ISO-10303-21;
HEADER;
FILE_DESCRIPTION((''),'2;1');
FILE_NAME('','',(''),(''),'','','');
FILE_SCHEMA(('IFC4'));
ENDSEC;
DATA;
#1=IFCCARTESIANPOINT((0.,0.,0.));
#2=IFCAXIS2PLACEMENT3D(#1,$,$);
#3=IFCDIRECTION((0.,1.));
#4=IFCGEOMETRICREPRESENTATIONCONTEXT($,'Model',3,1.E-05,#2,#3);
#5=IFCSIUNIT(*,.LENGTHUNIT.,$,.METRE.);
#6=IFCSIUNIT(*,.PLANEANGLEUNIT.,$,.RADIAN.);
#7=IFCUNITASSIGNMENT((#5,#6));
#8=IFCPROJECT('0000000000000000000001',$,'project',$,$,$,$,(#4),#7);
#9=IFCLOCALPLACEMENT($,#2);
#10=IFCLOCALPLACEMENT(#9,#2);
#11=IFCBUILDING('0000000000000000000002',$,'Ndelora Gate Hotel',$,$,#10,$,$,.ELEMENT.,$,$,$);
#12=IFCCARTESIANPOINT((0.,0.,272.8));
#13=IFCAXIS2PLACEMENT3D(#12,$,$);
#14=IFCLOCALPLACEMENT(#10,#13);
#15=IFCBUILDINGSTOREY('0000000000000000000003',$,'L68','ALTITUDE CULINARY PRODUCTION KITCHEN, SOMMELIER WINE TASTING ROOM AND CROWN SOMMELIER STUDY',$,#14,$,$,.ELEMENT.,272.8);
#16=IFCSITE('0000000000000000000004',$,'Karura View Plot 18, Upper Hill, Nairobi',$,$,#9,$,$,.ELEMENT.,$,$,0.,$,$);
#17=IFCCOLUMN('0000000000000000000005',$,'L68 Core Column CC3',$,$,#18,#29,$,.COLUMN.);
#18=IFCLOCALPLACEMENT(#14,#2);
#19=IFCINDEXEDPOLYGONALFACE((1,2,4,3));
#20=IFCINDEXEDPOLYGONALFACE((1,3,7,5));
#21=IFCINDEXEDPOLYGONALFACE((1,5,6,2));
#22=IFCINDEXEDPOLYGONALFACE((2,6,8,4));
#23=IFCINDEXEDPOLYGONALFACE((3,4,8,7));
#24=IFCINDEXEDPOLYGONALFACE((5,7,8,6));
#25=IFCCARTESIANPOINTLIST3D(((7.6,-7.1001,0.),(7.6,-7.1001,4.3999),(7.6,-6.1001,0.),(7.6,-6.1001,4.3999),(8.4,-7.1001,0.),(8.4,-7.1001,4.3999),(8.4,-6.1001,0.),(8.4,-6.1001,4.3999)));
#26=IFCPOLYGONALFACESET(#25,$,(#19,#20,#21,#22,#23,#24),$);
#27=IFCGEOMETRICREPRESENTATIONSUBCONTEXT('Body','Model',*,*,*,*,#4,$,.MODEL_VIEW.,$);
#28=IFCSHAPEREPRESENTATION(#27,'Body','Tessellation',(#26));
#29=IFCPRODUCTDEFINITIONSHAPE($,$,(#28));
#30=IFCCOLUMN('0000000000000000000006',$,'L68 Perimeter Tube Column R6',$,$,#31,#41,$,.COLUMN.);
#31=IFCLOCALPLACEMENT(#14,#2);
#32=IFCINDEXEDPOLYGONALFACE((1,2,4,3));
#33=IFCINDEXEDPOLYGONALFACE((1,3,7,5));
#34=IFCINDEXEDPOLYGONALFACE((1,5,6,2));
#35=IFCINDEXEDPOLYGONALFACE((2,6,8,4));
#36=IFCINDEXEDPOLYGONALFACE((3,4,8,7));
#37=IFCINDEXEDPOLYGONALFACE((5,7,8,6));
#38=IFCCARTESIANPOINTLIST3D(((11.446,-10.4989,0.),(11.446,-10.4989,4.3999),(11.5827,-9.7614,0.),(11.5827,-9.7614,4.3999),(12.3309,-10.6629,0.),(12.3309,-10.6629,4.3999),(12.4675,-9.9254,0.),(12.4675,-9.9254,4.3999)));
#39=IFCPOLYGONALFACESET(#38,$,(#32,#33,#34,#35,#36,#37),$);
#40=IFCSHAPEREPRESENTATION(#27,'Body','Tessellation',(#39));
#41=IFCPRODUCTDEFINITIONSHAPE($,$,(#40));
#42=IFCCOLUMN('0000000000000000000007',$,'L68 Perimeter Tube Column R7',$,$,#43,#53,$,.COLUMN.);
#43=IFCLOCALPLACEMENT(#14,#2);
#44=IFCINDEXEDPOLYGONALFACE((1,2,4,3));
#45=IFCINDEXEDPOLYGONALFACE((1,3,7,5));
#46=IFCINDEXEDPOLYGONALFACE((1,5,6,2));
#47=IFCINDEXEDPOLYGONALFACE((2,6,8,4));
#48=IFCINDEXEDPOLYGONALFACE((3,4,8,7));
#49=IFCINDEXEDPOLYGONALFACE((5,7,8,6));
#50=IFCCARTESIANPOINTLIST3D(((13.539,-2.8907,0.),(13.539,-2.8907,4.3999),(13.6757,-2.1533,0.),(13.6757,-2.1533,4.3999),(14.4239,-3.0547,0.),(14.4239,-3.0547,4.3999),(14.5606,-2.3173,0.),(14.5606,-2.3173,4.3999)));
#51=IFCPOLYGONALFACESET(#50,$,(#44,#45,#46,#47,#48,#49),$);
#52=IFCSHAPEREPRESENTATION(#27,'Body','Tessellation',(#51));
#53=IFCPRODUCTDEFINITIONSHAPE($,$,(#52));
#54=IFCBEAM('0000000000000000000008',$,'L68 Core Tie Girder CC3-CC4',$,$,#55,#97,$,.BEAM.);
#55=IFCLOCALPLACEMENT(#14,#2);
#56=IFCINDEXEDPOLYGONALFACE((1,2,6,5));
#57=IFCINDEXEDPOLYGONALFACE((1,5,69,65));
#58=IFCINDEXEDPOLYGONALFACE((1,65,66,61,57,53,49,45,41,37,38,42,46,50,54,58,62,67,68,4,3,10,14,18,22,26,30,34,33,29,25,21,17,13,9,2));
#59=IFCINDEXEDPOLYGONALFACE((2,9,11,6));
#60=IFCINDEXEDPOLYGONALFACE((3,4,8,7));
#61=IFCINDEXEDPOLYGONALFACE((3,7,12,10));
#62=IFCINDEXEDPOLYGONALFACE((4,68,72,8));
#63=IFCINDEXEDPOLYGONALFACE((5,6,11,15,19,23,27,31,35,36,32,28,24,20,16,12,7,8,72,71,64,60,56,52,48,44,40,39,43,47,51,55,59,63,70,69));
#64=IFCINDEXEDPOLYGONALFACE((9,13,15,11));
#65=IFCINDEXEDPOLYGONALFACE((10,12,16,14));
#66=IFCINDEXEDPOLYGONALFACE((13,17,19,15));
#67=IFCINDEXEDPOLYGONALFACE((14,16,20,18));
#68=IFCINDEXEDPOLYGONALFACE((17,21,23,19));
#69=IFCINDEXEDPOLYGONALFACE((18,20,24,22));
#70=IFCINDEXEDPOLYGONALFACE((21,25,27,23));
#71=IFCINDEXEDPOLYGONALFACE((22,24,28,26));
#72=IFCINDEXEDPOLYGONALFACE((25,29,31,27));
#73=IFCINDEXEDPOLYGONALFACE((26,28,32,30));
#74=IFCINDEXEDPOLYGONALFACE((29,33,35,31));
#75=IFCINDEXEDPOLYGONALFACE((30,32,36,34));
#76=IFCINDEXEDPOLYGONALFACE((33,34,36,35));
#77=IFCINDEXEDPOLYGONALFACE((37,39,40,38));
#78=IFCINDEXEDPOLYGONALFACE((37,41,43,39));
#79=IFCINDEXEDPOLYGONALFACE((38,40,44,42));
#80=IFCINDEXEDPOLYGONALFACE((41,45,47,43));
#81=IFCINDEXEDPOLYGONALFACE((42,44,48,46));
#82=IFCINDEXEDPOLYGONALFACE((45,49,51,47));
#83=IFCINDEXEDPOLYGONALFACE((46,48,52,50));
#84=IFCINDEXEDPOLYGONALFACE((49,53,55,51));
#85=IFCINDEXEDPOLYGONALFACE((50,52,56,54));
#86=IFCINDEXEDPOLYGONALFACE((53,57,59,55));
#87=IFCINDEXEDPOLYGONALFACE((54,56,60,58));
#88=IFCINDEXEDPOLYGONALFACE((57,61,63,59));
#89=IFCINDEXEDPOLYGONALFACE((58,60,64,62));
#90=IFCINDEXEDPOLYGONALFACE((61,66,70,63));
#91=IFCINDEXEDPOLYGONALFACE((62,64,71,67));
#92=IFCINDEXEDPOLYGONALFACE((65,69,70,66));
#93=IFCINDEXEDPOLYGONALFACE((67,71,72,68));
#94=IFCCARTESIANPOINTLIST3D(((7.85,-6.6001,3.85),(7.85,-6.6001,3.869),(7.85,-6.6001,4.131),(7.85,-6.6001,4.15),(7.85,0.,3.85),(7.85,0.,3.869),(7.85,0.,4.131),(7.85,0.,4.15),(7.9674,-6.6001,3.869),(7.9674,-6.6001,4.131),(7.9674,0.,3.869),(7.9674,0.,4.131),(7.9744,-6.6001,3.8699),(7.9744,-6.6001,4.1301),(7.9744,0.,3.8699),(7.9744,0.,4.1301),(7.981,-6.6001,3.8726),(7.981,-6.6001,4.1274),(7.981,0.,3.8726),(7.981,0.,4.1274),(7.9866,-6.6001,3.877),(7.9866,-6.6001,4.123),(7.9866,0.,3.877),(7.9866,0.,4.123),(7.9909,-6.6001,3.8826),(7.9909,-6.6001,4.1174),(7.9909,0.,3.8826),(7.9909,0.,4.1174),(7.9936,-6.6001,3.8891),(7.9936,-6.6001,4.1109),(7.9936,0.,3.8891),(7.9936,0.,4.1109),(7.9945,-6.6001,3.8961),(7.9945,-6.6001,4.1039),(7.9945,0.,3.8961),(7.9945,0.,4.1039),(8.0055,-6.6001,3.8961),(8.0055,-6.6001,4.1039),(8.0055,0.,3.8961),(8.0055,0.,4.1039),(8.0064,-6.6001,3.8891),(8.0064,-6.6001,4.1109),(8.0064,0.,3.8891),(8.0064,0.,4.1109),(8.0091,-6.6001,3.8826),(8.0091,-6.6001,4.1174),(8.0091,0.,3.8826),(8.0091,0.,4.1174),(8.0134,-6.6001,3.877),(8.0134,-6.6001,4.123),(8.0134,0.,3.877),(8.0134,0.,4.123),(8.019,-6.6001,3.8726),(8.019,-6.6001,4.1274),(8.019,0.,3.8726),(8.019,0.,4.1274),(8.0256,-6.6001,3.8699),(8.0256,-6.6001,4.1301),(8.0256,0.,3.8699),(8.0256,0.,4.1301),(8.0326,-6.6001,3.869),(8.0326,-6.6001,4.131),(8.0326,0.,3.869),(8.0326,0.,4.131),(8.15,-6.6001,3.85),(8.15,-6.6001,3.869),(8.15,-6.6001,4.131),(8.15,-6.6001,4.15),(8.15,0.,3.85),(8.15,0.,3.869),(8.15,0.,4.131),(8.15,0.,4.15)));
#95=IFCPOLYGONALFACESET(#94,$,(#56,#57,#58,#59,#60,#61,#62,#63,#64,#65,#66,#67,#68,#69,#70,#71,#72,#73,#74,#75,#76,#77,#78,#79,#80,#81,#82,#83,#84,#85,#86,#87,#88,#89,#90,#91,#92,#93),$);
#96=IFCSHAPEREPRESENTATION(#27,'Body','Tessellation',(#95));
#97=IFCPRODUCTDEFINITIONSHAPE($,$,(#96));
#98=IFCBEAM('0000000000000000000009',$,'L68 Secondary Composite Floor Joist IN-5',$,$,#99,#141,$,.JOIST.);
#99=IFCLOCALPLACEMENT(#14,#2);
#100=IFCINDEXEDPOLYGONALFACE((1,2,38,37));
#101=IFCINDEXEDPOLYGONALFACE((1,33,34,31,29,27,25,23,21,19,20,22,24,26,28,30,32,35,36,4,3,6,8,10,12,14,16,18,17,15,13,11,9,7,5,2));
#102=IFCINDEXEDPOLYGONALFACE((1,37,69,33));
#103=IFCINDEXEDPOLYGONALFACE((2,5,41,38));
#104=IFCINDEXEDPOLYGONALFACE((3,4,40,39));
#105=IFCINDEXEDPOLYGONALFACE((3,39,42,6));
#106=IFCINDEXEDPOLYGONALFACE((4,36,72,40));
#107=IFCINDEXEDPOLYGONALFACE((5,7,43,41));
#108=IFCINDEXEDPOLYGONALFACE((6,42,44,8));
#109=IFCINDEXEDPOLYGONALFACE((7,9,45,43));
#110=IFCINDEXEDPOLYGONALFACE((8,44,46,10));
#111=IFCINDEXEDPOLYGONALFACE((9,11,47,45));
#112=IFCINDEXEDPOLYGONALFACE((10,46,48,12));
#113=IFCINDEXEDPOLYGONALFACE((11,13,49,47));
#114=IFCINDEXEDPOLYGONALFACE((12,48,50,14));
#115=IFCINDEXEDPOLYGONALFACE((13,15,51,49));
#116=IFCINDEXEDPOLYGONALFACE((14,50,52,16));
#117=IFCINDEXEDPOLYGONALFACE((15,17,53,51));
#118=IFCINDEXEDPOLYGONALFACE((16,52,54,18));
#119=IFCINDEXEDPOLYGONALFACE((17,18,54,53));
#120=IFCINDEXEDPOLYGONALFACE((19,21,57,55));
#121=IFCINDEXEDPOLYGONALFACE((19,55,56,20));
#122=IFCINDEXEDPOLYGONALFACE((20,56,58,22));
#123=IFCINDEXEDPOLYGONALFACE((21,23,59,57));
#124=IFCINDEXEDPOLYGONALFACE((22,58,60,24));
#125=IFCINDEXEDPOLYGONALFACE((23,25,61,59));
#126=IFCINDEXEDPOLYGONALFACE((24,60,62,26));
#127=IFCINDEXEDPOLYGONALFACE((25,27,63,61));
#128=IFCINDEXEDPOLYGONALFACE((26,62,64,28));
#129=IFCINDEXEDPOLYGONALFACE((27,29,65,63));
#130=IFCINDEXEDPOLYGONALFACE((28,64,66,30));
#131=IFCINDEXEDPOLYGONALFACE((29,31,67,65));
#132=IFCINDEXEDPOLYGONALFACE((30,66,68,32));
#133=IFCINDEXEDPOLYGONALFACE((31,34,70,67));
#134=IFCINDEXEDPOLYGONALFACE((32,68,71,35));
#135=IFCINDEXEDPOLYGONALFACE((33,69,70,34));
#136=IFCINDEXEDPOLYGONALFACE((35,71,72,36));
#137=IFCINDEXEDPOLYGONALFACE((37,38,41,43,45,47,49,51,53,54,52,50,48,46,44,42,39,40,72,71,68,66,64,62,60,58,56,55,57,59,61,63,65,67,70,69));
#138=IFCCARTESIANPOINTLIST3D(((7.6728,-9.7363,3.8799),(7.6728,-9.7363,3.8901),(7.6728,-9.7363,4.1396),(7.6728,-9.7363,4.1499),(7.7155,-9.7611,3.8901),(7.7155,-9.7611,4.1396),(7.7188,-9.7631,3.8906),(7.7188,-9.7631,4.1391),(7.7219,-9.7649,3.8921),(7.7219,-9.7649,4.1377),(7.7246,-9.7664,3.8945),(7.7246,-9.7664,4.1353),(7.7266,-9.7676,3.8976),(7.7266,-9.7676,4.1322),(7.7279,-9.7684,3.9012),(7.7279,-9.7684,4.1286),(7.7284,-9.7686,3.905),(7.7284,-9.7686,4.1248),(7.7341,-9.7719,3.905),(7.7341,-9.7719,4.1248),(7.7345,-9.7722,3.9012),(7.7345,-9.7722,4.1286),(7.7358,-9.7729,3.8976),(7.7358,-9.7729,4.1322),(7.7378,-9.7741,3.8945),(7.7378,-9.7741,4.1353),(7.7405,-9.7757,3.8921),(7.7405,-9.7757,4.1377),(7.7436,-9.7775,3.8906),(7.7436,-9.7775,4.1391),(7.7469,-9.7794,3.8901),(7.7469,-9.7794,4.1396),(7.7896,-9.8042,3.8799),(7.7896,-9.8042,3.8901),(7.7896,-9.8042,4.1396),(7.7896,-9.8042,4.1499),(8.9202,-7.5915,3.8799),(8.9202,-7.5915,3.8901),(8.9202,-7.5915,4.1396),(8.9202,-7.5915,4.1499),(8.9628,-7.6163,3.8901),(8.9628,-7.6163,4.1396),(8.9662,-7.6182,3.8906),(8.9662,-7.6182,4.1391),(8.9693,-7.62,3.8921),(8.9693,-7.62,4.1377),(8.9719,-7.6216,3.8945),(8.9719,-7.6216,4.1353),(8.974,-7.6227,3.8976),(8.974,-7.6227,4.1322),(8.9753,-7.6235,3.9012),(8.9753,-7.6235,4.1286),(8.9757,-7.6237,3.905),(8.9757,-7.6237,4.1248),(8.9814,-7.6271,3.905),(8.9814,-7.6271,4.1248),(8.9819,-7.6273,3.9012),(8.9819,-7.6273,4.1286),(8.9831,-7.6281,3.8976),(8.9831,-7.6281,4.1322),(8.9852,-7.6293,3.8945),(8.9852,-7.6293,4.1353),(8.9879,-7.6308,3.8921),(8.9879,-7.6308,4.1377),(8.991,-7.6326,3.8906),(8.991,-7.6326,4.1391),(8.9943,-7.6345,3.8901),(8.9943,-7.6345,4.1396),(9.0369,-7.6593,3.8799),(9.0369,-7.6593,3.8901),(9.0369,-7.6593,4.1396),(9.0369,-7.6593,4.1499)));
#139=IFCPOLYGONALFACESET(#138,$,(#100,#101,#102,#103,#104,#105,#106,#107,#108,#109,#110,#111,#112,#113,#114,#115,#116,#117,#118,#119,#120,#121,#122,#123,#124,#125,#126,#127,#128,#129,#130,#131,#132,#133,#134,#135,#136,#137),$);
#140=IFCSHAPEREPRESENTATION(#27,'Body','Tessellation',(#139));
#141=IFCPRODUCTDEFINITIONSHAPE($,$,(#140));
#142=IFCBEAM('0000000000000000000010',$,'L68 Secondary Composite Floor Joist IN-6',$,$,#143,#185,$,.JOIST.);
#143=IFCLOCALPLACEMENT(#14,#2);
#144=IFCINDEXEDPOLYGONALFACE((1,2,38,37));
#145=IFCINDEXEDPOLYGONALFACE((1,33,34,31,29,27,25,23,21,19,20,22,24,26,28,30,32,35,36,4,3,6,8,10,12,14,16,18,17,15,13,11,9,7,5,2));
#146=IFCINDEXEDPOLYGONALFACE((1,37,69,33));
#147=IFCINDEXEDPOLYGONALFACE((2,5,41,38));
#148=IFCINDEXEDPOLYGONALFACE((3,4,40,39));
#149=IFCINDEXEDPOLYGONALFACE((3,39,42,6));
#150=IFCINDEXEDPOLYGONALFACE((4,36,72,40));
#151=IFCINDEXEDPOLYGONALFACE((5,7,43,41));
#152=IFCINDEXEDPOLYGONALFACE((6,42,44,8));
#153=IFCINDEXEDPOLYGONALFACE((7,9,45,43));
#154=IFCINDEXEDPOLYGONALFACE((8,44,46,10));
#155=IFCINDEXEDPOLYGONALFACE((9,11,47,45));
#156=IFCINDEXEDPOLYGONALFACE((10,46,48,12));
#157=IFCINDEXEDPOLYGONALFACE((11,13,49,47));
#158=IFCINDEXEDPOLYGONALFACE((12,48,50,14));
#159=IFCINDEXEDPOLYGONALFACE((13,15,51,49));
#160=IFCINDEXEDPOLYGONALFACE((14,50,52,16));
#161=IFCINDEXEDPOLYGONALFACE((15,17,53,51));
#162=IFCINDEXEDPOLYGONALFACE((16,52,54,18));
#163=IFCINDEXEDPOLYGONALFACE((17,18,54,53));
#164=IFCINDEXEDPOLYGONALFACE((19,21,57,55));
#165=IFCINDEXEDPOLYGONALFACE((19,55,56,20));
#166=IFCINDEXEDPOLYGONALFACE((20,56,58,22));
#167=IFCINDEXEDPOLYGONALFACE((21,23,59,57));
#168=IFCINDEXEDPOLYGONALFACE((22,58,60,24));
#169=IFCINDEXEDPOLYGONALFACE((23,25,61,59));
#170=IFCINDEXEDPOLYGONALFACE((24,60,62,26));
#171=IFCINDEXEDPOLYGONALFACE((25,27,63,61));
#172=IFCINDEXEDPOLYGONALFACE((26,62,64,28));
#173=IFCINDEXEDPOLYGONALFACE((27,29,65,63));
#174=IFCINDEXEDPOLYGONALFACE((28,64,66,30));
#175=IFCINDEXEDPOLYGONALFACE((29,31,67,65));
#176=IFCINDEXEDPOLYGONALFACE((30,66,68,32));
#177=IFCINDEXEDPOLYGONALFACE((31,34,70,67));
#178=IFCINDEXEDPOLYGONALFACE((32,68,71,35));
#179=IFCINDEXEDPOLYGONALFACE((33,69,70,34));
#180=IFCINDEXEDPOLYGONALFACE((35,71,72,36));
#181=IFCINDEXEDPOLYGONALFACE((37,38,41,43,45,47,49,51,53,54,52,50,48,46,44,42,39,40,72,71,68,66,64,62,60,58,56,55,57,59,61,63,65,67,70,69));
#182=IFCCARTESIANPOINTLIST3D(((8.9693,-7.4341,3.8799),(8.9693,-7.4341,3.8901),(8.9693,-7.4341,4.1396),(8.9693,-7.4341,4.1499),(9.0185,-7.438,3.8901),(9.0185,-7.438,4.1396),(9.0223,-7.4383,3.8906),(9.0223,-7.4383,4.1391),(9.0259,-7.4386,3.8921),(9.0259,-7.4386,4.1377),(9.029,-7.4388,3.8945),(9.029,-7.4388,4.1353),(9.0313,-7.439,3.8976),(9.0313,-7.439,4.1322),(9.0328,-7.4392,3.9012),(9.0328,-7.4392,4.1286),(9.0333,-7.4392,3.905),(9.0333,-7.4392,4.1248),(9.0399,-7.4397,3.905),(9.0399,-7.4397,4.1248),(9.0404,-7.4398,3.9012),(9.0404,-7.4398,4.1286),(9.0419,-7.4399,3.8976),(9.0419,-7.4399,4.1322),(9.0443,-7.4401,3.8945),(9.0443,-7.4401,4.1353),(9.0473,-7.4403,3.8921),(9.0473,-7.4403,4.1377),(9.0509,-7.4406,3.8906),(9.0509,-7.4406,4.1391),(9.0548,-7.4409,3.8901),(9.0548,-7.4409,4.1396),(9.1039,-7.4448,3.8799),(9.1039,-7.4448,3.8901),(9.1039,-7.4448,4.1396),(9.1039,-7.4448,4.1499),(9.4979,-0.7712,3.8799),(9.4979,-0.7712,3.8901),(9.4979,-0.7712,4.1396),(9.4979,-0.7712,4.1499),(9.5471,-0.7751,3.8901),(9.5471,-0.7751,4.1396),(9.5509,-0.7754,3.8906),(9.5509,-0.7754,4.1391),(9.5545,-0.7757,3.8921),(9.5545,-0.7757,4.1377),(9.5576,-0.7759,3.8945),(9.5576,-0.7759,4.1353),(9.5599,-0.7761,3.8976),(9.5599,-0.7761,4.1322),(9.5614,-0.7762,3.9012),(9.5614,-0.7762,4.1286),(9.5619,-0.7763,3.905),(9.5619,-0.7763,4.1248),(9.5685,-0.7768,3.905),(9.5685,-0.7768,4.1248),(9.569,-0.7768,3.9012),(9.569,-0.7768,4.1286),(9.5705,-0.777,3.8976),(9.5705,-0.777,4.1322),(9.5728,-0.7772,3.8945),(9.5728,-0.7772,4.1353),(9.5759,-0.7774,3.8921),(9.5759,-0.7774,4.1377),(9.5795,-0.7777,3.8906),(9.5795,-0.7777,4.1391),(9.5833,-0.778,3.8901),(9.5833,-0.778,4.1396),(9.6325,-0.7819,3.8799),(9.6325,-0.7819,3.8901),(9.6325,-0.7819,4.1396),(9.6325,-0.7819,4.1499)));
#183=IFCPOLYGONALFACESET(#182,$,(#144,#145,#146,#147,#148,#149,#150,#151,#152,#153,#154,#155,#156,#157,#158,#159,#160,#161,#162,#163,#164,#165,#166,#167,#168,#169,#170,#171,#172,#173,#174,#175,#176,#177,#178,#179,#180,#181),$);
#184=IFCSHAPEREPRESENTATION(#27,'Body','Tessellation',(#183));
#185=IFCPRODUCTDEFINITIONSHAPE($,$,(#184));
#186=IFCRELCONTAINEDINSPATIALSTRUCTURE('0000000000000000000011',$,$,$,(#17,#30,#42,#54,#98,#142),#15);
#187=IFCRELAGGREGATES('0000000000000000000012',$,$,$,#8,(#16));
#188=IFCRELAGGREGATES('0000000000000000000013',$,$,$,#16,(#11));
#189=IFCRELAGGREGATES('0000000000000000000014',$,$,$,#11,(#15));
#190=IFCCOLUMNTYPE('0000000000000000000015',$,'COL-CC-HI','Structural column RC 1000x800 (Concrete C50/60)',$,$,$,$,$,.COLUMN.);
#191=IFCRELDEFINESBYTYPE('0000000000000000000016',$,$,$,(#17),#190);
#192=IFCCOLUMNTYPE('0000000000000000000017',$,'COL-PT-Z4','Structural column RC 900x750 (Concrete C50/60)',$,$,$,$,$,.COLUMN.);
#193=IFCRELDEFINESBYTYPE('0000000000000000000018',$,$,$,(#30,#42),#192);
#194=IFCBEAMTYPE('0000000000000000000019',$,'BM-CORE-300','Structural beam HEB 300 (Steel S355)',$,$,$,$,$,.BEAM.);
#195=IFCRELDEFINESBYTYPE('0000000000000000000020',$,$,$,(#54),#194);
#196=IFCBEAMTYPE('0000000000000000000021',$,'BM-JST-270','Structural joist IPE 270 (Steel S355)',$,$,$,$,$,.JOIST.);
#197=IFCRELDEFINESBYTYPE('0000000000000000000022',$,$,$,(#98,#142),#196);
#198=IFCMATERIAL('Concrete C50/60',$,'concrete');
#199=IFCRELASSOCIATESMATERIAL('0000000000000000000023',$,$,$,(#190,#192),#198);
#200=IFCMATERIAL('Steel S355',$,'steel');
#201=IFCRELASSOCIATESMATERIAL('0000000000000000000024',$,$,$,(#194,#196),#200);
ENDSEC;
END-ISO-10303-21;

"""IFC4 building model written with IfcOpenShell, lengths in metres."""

from ifc_helpers import new_model, si_unit, direction, frame, origin, origin_2d, place, context, subcontext, project, spatial, rectangle, i_section, extrude, material, material_profile, profile_set, type_object, element, save


model = new_model("IFC4")

# Units and contexts
model_context = context("Model", 3, precision=1e-05, world=origin(), true_north=direction((0.0, 1.0)))
body_context = subcontext(model_context, "Body", "Model", "MODEL_VIEW")
ifc_project = project(units=[si_unit("LENGTHUNIT", "METRE"), si_unit("PLANEANGLEUNIT", "RADIAN")], contexts=[model_context])

# Site, building, storey
site_placement = place(None, origin())
site = spatial("IfcSite", under=ifc_project, at=site_placement, Name="Karura View Plot 18, Upper Hill, Nairobi", CompositionType="ELEMENT", RefElevation=0.0)
building_placement = place(site_placement, origin())
building = spatial("IfcBuilding", under=site, at=building_placement, Name="Ndelora Gate Hotel", CompositionType="ELEMENT")
storey_placement = place(building_placement, frame((0.0, 0.0, 272.8)))
storey = spatial("IfcBuildingStorey", under=building, at=storey_placement, Name="L68", Description="ALTITUDE CULINARY PRODUCTION KITCHEN, SOMMELIER WINE TASTING ROOM AND CROWN SOMMELIER STUDY", CompositionType="ELEMENT", Elevation=272.8)

# Columns
ifc_material_1 = material(Name="Concrete C50/60", Category="concrete")
ifc_material_profile_1 = material_profile(ifc_material_1, rectangle(XDim=0.8, YDim=1.0, at=origin_2d()), Name="RC 1000x800")
ifc_profile_set_1 = profile_set([ifc_material_profile_1], Name="Concrete C50/60")
column_type_1 = type_object("IfcColumnType", Name="COL-CC-HI", Description="Structural column RC 1000x800 (Concrete C50/60)", PredefinedType="COLUMN", material=ifc_profile_set_1)
column_placement = place(storey_placement, frame((8.0, -6.6001, 0.0), z_axis=(0.0, 0.0, 1.0), x_axis=(1.0, 0.0, 0.0)))
element("IfcColumn", 1, at=column_placement, inside=storey, type_object=column_type_1, Name="L68 Core Column CC3", PredefinedType="COLUMN", context=body_context, shape_type="SweptSolid", body=[
    extrude(rectangle(XDim=0.8, YDim=1.0, at=origin_2d()), origin(), (0.0, 0.0, 1.0), 4.3999),
])
ifc_material_profile_2 = material_profile(ifc_material_1, rectangle(XDim=0.75, YDim=0.8999, at=origin_2d()), Name="RC 900x750")
ifc_profile_set_2 = profile_set([ifc_material_profile_2], Name="Concrete C50/60")
column_type_2 = type_object("IfcColumnType", Name="COL-PT-Z4", Description="Structural column RC 900x750 (Concrete C50/60)", PredefinedType="COLUMN", material=ifc_profile_set_2)
for number, where, z_axis, x_axis, name in (
    (2, (11.9568, -10.2122, 0.0), (0.0, 0.0, 1.0), (0.182236, 0.983255, 0.0), "L68 Perimeter Tube Column R6"),
    (3, (14.0498, -2.604, 0.0), (0.0, 0.0, 1.0), (0.182236, 0.983255, 0.0), "L68 Perimeter Tube Column R7"),
):
    element("IfcColumn", number, at=place(storey_placement, frame(where, z_axis=z_axis, x_axis=x_axis)), inside=storey, type_object=column_type_2, Name=name, PredefinedType="COLUMN", context=body_context, shape_type="SweptSolid", body=[
        extrude(rectangle(XDim=0.75, YDim=0.8999, at=origin_2d()), origin(), (0.0, 0.0, 1.0), 4.3999),
    ])

# Beams
ifc_material_2 = material(Name="Steel S355", Category="steel")
ifc_material_profile_3 = material_profile(ifc_material_2, i_section(OverallWidth=0.3, OverallDepth=0.3, WebThickness=0.011, FlangeThickness=0.019, FilletRadius=0.0271, at=origin_2d()), Name="HEB 300")
ifc_profile_set_3 = profile_set([ifc_material_profile_3], Name="Steel S355")
beam_type_1 = type_object("IfcBeamType", Name="BM-CORE-300", Description="Structural beam HEB 300 (Steel S355)", PredefinedType="BEAM", material=ifc_profile_set_3)
beam_1_placement = place(storey_placement, frame((8.0, -6.6001, 4.0), z_axis=(0.0, 1.0, 0.0), x_axis=(-1.0, 0.0, 0.0)))
element("IfcBeam", 4, at=beam_1_placement, inside=storey, type_object=beam_type_1, Name="L68 Core Tie Girder CC3-CC4", PredefinedType="BEAM", context=body_context, shape_type="SweptSolid", body=[
    extrude(i_section(OverallWidth=0.3, OverallDepth=0.3, WebThickness=0.011, FlangeThickness=0.019, FilletRadius=0.0271, at=origin_2d()), origin(), (0.0, 0.0, 1.0), 6.6001),
])
ifc_material_profile_4 = material_profile(ifc_material_2, i_section(OverallWidth=0.135, OverallDepth=0.27, WebThickness=0.0066, FlangeThickness=0.0103, FilletRadius=0.0149, at=origin_2d()), Name="IPE 270")
ifc_profile_set_4 = profile_set([ifc_material_profile_4], Name="Steel S355")
beam_type_2 = type_object("IfcBeamType", Name="BM-JST-270", Description="Structural joist IPE 270 (Steel S355)", PredefinedType="JOIST", material=ifc_profile_set_4)
beam_2_placement = place(storey_placement, frame((7.7312, -9.7703, 4.0149), z_axis=(0.502726, 0.864446, 0.0), x_axis=(-0.864446, 0.502726, 0.0)))
element("IfcBeam", 5, at=beam_2_placement, inside=storey, type_object=beam_type_2, Name="L68 Secondary Composite Floor Joist IN-5", PredefinedType="JOIST", context=body_context, shape_type="SweptSolid", body=[
    extrude(i_section(OverallWidth=0.135, OverallDepth=0.27, WebThickness=0.0066, FlangeThickness=0.0103, FilletRadius=0.0149, at=origin_2d()), origin(), (0.0, 0.0, 1.0), 2.4812),
])
beam_3_placement = place(storey_placement, frame((9.0366, -7.4395, 4.0149), z_axis=(0.079082, 0.996868, 0.0), x_axis=(-0.996868, 0.079082, 0.0)))
element("IfcBeam", 6, at=beam_3_placement, inside=storey, type_object=beam_type_2, Name="L68 Secondary Composite Floor Joist IN-6", PredefinedType="JOIST", context=body_context, shape_type="SweptSolid", body=[
    extrude(i_section(OverallWidth=0.135, OverallDepth=0.27, WebThickness=0.0066, FlangeThickness=0.0103, FilletRadius=0.0149, at=origin_2d()), origin(), (0.0, 0.0, 1.0), 6.6838),
])

save(model, "model.ifc")
